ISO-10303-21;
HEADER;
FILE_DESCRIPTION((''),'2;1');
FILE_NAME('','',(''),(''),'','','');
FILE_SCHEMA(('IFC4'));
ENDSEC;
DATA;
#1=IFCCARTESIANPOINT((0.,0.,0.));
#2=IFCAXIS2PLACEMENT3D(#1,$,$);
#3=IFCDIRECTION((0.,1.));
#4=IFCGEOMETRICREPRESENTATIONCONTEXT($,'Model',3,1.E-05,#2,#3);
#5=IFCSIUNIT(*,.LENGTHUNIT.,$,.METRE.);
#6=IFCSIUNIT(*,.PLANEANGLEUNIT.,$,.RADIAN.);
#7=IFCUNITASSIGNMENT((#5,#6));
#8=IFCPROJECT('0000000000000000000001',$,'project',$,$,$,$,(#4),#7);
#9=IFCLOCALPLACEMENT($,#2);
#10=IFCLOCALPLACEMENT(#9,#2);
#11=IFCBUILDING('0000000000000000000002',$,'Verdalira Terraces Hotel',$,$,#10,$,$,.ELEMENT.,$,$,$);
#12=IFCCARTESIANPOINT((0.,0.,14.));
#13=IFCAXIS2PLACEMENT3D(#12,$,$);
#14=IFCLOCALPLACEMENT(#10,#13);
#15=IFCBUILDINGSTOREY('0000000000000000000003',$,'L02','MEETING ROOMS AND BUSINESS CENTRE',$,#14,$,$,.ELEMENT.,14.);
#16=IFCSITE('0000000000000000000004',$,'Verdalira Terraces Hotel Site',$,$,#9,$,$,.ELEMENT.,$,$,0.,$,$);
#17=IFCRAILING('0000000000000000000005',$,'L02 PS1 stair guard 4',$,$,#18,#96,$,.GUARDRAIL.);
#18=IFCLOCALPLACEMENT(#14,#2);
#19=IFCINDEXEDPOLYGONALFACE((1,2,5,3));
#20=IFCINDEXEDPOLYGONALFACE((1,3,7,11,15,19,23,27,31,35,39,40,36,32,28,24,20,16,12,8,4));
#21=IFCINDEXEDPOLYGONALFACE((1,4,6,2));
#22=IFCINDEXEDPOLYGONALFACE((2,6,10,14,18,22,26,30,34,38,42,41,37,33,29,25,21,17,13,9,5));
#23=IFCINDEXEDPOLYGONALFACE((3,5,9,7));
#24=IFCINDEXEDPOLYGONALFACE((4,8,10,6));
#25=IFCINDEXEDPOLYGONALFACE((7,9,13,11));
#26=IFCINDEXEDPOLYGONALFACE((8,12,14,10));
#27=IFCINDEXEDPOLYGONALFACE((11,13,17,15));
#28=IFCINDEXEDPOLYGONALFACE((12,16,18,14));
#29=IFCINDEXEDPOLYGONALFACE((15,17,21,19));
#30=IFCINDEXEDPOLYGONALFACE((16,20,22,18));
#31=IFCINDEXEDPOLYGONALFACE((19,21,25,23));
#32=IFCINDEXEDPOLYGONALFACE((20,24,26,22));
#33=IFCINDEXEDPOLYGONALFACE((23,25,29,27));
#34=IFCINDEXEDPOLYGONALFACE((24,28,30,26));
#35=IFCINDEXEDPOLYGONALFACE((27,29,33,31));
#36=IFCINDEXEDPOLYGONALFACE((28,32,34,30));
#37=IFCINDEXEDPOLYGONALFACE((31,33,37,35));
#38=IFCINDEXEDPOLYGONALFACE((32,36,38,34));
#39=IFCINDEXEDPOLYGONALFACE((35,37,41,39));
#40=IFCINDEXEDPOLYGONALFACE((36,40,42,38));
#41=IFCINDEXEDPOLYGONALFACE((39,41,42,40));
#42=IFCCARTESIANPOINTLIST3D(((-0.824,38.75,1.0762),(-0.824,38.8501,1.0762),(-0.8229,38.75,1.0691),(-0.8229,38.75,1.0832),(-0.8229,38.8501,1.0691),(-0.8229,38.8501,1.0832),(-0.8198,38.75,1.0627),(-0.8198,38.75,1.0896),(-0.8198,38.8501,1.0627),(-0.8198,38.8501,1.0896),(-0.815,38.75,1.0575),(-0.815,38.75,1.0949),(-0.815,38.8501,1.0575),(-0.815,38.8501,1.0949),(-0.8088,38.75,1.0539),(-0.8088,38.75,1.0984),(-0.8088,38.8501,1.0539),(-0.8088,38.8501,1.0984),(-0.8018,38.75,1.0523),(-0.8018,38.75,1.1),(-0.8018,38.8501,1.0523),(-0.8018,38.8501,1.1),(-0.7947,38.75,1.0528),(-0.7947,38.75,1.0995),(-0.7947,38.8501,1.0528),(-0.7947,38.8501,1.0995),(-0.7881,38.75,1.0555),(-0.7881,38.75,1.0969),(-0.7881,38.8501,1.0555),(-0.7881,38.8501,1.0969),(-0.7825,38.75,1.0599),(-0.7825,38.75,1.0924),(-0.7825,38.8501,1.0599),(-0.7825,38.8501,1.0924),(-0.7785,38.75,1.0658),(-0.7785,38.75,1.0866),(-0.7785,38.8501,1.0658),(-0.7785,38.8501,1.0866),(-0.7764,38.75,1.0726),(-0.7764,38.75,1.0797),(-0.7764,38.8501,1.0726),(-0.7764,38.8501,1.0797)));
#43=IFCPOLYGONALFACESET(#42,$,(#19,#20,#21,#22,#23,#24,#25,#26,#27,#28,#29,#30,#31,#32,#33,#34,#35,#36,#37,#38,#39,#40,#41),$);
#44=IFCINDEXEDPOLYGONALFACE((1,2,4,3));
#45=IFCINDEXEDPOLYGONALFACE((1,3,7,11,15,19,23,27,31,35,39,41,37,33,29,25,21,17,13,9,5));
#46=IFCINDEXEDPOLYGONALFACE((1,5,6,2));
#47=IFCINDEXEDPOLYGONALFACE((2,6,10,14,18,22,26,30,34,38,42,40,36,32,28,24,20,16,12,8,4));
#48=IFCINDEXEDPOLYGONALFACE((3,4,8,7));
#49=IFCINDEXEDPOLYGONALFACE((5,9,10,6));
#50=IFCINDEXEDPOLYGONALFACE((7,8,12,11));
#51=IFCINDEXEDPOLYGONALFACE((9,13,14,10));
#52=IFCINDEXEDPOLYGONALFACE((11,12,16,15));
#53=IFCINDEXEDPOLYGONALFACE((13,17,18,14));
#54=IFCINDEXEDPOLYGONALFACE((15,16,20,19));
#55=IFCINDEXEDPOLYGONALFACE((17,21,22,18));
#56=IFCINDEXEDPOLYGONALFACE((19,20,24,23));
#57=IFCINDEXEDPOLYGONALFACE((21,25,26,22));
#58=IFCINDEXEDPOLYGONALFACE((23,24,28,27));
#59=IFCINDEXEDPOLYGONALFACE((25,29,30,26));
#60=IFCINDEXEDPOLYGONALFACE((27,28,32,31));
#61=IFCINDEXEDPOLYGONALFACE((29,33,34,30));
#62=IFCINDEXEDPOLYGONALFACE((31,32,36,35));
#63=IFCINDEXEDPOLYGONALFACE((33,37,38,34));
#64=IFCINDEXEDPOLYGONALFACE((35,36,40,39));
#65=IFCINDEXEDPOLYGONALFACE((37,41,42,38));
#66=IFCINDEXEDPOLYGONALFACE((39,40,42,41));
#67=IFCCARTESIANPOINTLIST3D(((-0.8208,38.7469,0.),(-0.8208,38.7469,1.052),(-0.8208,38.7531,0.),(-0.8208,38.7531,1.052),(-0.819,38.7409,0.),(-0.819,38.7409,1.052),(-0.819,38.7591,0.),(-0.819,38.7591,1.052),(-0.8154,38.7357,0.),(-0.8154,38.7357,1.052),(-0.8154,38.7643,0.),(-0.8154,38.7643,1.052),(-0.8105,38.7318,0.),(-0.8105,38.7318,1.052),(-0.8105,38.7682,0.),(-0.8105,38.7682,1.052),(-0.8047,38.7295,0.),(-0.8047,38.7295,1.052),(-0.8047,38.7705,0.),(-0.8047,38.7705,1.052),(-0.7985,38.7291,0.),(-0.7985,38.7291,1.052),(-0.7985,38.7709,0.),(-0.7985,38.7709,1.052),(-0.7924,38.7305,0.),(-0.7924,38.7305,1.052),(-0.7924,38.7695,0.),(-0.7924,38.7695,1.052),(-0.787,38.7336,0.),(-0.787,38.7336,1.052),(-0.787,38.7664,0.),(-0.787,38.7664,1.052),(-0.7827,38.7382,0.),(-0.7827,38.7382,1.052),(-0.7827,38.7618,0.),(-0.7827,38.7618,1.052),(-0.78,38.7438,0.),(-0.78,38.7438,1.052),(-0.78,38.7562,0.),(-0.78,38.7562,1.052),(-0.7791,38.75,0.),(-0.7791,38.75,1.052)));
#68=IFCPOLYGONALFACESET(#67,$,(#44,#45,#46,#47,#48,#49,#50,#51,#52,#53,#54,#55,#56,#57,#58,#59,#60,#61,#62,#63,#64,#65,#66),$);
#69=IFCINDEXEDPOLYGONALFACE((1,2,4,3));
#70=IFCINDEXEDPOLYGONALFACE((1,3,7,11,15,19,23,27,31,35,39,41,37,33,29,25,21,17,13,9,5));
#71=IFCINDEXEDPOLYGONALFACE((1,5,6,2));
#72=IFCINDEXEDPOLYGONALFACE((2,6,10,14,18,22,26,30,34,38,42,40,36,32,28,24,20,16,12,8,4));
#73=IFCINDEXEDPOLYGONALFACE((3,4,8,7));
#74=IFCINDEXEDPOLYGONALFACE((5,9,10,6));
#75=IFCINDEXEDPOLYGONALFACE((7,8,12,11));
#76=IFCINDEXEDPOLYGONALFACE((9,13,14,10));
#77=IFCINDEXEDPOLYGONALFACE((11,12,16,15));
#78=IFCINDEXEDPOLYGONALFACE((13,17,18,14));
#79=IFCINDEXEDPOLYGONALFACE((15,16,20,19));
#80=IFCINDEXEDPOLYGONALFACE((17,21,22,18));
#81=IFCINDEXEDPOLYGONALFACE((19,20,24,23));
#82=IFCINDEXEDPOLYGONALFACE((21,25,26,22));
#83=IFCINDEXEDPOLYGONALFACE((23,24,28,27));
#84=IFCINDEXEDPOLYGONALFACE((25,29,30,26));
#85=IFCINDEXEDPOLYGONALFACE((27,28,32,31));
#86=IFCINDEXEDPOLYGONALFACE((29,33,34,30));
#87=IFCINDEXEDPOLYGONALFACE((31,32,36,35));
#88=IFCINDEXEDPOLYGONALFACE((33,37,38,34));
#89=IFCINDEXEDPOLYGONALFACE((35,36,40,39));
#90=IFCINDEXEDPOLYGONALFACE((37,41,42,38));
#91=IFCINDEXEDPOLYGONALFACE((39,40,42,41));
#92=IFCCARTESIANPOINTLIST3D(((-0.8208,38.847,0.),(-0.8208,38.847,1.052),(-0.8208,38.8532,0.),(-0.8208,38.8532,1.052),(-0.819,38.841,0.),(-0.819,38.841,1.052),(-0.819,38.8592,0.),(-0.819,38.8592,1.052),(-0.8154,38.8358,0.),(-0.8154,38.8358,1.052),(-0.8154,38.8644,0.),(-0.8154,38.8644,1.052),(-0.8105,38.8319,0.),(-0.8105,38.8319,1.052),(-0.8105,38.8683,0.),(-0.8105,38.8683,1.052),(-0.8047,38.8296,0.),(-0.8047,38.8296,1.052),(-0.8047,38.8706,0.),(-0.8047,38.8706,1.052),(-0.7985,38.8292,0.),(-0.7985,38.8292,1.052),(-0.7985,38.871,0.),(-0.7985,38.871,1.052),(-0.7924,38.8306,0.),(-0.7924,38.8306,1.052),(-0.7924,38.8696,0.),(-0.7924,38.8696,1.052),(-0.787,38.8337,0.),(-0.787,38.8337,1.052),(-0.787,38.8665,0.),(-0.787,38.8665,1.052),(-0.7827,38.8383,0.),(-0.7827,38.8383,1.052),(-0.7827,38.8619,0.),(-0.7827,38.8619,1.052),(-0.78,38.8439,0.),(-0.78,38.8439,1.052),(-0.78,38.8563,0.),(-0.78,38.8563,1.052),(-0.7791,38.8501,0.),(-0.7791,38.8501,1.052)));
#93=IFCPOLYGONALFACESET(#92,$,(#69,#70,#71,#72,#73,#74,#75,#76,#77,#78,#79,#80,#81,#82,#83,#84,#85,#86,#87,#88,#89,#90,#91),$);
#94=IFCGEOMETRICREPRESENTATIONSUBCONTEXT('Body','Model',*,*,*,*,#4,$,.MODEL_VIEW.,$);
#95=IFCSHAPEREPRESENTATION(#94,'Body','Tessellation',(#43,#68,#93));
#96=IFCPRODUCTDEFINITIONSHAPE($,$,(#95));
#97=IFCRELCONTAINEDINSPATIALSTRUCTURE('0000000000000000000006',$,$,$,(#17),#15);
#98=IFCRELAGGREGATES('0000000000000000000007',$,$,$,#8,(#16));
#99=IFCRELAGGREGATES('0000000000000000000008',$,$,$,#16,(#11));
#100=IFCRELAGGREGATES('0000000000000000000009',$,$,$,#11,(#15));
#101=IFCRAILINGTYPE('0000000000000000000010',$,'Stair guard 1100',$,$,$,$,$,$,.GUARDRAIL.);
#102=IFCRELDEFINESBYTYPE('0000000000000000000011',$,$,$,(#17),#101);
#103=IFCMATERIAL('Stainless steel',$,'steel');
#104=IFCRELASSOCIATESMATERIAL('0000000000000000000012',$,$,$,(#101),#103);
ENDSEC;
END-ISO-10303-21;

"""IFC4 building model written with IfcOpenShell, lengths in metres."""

from ifc_helpers import new_model, si_unit, direction, frame, origin, origin_2d, place, context, subcontext, project, spatial, circle, extrude, material, type_object, element, save


model = new_model("IFC4")

# Units and contexts
model_context = context("Model", 3, precision=1e-05, world=origin(), true_north=direction((0.0, 1.0)))
body_context = subcontext(model_context, "Body", "Model", "MODEL_VIEW")
ifc_project = project(units=[si_unit("LENGTHUNIT", "METRE"), si_unit("PLANEANGLEUNIT", "RADIAN")], contexts=[model_context])

# Site, building, storey
site_placement = place(None, origin())
site = spatial("IfcSite", under=ifc_project, at=site_placement, Name="Verdalira Terraces Hotel Site", CompositionType="ELEMENT", RefElevation=0.0)
building_placement = place(site_placement, origin())
building = spatial("IfcBuilding", under=site, at=building_placement, Name="Verdalira Terraces Hotel", CompositionType="ELEMENT")
storey_placement = place(building_placement, frame((0.0, 0.0, 14.0)))
storey = spatial("IfcBuildingStorey", under=building, at=storey_placement, Name="L02", Description="MEETING ROOMS AND BUSINESS CENTRE", CompositionType="ELEMENT", Elevation=14.0)

# Railing
ifc_material_1 = material(Name="Stainless steel", Category="steel")
railing_type_1 = type_object("IfcRailingType", Name="Stair guard 1100", PredefinedType="GUARDRAIL", material=ifc_material_1)
railing_1_placement = place(storey_placement, frame((-0.8, 38.75, 0.0)))
element("IfcRailing", 1, at=railing_1_placement, inside=storey, type_object=railing_type_1, Name="L02 PS1 stair guard 4", PredefinedType="GUARDRAIL", context=body_context, shape_type="SweptSolid", body=[
    extrude(circle(Radius=0.0239, at=origin_2d()), frame((0.0, 0.0, 1.0762), z_axis=(0.0, 1.0, 0.0), x_axis=(-1.0, 0.0, 0.0)), (0.0, 0.0, 1.0), 0.1001),
    extrude(circle(Radius=0.021, at=origin_2d()), origin(), (0.0, 0.0, 1.0), 1.052),
    extrude(circle(Radius=0.021, at=origin_2d()), frame((0.0, 0.1001, 0.0)), (0.0, 0.0, 1.0), 1.052),
])

save(model, "model.ifc")
